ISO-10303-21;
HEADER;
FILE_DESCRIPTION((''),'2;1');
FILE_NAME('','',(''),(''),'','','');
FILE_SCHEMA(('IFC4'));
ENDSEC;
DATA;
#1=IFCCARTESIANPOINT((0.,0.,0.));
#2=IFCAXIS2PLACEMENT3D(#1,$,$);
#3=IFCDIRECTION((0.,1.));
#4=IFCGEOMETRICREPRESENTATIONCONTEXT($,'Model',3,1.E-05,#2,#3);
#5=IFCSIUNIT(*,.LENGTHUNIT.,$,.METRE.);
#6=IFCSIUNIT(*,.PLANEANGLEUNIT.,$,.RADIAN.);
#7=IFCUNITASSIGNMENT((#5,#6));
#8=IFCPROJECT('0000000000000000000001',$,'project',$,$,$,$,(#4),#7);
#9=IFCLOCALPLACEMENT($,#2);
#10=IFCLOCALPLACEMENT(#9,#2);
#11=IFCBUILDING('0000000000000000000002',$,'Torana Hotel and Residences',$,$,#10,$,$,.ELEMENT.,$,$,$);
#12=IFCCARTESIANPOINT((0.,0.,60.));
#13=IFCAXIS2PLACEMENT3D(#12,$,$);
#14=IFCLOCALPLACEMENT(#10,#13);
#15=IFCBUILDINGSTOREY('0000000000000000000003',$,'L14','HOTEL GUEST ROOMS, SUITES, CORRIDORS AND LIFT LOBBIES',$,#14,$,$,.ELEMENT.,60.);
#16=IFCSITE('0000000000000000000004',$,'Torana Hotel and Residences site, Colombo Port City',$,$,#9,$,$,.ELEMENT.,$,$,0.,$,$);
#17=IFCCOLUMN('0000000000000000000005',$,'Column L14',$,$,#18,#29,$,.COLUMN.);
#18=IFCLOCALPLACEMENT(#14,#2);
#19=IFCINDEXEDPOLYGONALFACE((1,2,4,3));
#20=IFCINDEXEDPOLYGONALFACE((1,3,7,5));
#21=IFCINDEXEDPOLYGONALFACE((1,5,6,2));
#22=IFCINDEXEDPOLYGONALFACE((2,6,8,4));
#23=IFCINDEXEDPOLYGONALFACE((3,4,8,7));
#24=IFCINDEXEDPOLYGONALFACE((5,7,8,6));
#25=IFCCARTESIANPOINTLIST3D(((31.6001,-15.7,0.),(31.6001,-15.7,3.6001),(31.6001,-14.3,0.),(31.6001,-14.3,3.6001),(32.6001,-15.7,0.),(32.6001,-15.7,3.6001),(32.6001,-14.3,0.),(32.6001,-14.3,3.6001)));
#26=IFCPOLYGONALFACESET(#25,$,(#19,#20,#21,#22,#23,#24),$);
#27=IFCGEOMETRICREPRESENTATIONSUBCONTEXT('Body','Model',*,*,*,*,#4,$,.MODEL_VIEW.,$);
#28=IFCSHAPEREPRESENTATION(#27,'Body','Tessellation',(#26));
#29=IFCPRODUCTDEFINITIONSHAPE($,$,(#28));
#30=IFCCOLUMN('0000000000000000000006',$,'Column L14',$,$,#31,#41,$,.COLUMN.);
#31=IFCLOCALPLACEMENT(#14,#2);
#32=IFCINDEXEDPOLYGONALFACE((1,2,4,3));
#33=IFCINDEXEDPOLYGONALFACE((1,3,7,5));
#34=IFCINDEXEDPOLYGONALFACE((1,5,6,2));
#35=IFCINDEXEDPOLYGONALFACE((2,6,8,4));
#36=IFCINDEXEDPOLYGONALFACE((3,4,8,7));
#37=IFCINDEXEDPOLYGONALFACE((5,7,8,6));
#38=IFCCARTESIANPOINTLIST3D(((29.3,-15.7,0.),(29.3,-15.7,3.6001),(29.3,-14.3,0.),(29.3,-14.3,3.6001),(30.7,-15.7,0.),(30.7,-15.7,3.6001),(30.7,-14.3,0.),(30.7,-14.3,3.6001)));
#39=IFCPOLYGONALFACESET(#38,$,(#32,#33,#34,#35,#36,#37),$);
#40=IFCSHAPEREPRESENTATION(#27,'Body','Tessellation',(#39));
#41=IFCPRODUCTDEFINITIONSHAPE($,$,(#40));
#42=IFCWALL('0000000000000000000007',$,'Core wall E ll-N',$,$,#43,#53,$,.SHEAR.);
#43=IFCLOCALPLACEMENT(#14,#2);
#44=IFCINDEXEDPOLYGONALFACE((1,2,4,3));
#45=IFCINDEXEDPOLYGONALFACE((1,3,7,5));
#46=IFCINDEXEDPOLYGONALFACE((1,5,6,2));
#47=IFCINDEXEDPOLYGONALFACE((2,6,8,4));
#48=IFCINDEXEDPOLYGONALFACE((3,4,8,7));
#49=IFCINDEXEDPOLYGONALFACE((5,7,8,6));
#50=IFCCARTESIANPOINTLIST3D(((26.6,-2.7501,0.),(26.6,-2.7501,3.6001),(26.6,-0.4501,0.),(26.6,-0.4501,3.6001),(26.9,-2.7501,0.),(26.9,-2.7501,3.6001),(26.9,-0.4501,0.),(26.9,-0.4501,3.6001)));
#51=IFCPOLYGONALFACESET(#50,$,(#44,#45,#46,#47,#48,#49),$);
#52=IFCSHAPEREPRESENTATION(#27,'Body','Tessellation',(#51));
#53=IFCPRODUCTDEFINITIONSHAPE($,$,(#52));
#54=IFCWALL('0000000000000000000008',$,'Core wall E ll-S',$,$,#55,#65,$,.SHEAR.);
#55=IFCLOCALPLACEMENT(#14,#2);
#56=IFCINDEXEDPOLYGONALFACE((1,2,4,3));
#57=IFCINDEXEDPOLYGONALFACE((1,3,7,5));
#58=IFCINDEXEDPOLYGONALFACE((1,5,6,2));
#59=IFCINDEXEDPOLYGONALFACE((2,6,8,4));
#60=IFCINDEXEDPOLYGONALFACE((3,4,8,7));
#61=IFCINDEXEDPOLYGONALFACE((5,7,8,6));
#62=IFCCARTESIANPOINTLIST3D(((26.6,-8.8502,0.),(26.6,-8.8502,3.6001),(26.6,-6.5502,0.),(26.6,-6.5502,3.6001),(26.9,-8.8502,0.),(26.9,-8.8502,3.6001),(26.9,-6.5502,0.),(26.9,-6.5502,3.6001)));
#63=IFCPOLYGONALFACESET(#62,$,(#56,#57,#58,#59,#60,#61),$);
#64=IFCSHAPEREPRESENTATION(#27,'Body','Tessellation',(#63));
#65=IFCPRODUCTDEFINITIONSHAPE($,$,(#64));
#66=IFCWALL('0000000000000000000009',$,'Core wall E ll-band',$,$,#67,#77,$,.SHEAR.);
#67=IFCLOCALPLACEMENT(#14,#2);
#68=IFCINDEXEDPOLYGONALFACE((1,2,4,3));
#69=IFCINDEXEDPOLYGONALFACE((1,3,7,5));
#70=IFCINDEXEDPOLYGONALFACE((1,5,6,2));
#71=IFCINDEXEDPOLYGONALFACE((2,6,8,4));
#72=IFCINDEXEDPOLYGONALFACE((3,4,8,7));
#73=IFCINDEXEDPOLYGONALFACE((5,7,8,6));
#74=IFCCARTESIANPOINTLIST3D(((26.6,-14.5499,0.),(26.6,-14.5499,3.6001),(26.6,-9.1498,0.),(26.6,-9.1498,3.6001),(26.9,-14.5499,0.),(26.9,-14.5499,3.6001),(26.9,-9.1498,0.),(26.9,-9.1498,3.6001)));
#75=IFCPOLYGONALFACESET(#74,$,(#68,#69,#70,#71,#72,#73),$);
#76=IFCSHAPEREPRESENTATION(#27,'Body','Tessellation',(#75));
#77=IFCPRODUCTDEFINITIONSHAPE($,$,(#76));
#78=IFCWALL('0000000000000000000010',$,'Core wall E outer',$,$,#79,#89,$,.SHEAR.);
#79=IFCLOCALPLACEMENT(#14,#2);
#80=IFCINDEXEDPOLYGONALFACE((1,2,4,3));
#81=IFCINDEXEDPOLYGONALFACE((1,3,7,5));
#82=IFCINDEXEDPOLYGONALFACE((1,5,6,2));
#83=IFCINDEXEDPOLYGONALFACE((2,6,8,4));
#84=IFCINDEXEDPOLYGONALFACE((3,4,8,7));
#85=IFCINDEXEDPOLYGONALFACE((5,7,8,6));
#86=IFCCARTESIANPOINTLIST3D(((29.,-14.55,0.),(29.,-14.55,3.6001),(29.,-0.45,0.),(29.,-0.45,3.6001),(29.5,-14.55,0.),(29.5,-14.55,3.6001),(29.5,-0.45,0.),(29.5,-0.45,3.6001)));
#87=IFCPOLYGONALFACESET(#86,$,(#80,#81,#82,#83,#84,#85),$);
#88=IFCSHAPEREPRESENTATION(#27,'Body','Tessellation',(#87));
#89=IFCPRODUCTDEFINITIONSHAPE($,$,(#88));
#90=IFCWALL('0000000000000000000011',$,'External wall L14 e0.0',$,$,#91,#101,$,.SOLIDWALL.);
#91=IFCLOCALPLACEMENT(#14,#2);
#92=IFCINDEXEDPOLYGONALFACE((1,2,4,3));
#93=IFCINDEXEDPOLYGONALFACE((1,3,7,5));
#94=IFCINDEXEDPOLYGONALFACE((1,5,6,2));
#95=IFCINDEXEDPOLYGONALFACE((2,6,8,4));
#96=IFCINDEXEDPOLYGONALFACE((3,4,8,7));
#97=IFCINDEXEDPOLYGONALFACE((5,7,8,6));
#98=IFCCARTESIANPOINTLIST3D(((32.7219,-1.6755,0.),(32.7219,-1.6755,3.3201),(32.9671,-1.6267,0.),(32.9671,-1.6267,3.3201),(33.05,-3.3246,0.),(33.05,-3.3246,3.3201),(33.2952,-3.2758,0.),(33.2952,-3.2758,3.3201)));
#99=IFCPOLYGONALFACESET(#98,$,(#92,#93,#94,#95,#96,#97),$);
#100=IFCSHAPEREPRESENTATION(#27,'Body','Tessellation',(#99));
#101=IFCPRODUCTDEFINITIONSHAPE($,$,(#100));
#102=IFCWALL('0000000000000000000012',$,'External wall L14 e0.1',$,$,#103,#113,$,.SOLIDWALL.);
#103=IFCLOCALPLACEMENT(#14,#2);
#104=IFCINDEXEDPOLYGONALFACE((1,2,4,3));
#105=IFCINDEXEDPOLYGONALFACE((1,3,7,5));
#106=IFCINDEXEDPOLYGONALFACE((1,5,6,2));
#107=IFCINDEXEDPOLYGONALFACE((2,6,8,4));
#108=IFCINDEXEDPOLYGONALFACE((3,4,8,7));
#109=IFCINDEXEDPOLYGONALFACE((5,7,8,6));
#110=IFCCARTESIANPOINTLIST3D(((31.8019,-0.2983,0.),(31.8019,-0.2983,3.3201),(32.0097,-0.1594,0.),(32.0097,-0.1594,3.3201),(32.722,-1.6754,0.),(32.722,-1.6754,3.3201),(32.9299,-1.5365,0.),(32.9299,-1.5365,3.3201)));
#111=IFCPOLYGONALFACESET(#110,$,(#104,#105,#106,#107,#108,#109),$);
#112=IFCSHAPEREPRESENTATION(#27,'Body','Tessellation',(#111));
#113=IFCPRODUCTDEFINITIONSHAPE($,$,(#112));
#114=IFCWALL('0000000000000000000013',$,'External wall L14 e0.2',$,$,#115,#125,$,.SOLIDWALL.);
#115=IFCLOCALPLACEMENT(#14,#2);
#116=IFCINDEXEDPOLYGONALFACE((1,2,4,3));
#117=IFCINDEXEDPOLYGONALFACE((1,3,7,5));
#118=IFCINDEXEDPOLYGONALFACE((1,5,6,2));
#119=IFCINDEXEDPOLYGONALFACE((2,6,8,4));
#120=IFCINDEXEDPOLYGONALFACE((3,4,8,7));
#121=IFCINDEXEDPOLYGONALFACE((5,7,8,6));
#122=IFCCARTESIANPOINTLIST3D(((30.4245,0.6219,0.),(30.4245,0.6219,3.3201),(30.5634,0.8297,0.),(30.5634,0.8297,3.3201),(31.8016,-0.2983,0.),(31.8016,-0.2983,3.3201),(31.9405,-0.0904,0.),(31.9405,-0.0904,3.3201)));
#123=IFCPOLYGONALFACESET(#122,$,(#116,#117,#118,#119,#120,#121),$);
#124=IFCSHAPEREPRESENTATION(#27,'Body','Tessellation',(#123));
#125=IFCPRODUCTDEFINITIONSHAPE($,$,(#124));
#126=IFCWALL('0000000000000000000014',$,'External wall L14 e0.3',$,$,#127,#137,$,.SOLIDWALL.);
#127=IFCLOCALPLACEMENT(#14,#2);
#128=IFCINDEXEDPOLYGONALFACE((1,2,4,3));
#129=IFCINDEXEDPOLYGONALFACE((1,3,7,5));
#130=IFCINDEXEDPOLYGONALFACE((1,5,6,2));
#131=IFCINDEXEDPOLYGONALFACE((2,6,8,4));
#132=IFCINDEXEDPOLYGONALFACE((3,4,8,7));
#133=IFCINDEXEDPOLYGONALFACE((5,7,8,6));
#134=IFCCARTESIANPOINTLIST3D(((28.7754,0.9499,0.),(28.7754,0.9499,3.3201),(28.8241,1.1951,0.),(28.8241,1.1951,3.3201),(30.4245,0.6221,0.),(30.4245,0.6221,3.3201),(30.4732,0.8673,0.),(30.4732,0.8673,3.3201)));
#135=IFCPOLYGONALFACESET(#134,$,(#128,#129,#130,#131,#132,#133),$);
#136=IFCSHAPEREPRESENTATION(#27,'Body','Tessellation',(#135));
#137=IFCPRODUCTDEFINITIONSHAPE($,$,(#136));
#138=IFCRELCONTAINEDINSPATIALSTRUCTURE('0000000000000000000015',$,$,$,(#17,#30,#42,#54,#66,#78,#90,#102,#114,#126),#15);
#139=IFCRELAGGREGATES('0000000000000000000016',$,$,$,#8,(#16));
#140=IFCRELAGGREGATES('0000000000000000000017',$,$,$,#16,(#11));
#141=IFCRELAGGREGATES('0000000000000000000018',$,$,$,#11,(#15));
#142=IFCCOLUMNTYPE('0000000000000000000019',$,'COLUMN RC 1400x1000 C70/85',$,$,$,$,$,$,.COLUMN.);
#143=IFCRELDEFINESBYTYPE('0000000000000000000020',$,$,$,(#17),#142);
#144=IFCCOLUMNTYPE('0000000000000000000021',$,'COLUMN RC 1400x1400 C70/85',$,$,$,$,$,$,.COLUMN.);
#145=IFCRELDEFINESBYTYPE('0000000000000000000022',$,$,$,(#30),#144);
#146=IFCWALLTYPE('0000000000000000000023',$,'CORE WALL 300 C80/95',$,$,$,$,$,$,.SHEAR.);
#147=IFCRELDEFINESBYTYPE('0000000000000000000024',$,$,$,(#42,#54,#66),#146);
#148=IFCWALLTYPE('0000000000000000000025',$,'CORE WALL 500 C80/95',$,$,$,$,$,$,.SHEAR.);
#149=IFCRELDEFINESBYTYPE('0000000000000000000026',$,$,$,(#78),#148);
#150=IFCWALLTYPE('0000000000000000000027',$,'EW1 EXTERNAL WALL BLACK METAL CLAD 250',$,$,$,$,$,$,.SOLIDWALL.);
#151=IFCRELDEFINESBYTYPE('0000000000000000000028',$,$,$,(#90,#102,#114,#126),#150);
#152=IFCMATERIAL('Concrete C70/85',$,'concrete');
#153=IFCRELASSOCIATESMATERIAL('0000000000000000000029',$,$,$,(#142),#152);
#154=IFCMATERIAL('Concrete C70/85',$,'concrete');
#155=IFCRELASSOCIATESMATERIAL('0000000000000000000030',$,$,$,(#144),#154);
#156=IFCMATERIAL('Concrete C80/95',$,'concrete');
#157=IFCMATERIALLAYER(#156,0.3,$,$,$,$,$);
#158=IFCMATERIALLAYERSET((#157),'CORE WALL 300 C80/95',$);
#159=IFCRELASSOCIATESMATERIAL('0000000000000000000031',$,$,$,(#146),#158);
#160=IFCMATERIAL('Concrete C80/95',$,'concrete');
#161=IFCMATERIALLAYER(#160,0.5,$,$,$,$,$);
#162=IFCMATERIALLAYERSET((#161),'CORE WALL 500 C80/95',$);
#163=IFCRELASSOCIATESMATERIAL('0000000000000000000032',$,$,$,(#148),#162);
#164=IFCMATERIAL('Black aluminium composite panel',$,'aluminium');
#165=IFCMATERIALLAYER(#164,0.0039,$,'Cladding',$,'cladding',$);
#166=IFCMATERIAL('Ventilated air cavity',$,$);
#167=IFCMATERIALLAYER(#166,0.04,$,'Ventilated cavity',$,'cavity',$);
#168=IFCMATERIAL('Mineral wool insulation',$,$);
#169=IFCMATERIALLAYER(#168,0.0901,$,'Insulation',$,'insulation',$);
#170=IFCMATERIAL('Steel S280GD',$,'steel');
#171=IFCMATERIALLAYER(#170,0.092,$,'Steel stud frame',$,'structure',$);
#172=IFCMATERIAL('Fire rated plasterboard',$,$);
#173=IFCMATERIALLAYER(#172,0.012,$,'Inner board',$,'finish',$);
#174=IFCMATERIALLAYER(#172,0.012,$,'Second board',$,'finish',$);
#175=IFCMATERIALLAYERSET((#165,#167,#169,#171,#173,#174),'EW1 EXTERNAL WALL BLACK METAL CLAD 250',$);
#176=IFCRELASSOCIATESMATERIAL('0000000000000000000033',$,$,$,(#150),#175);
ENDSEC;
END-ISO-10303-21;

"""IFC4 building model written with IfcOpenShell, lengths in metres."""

from ifc_helpers import new_model, si_unit, direction, frame, frame_2d, origin, origin_2d, place, context, subcontext, project, spatial, rectangle, extrude, material, layer, layer_set, material_profile, profile_set, type_object, element, save


model = new_model("IFC4")

# Units and contexts
model_context = context("Model", 3, precision=1e-05, world=origin(), true_north=direction((0.0, 1.0)))
body_context = subcontext(model_context, "Body", "Model", "MODEL_VIEW")
ifc_project = project(units=[si_unit("LENGTHUNIT", "METRE"), si_unit("PLANEANGLEUNIT", "RADIAN")], contexts=[model_context])

# Site, building, storey
site_placement = place(None, origin())
site = spatial("IfcSite", under=ifc_project, at=site_placement, Name="Torana Hotel and Residences site, Colombo Port City", CompositionType="ELEMENT", RefElevation=0.0)
building_placement = place(site_placement, origin())
building = spatial("IfcBuilding", under=site, at=building_placement, Name="Torana Hotel and Residences", CompositionType="ELEMENT")
storey_placement = place(building_placement, frame((0.0, 0.0, 60.0)))
storey = spatial("IfcBuildingStorey", under=building, at=storey_placement, Name="L14", Description="HOTEL GUEST ROOMS, SUITES, CORRIDORS AND LIFT LOBBIES", CompositionType="ELEMENT", Elevation=60.0)

# Columns
ifc_material_1 = material(Name="Concrete C70/85", Category="concrete")
ifc_material_profile_1 = material_profile(ifc_material_1, rectangle(XDim=1.3999, YDim=1.0, at=origin_2d()), Name="RC 1400x1000")
ifc_profile_set_1 = profile_set([ifc_material_profile_1], Name="Concrete C70/85")
column_type_1 = type_object("IfcColumnType", Name="COLUMN RC 1400x1000 C70/85", PredefinedType="COLUMN", material=ifc_profile_set_1)
column_1_placement = place(storey_placement, frame((32.1001, -15.0, 0.0), z_axis=(0.0, 0.0, 1.0), x_axis=(0.0, 1.0, 0.0)))
element("IfcColumn", 1, at=column_1_placement, inside=storey, type_object=column_type_1, Name="Column L14", PredefinedType="COLUMN", context=body_context, shape_type="SweptSolid", body=[
    extrude(rectangle(XDim=1.3999, YDim=1.0, at=origin_2d()), origin(), (0.0, 0.0, 1.0), 3.6001),
])
ifc_material_2 = material(Name="Concrete C70/85", Category="concrete")
ifc_material_profile_2 = material_profile(ifc_material_2, rectangle(XDim=1.3999, YDim=1.3999, at=origin_2d()), Name="RC 1400x1400")
ifc_profile_set_2 = profile_set([ifc_material_profile_2], Name="Concrete C70/85")
column_type_2 = type_object("IfcColumnType", Name="COLUMN RC 1400x1400 C70/85", PredefinedType="COLUMN", material=ifc_profile_set_2)
column_2_placement = place(storey_placement, frame((30.0, -15.0, 0.0), z_axis=(0.0, 0.0, 1.0), x_axis=(1.0, 0.0, 0.0)))
element("IfcColumn", 2, at=column_2_placement, inside=storey, type_object=column_type_2, Name="Column L14", PredefinedType="COLUMN", context=body_context, shape_type="SweptSolid", body=[
    extrude(rectangle(XDim=1.3999, YDim=1.3999, at=origin_2d()), origin(), (0.0, 0.0, 1.0), 3.6001),
])

# Walls
ifc_material_3 = material(Name="Concrete C80/95", Category="concrete")
ifc_layer_1 = layer(ifc_material_3, 0.3)
ifc_layer_set_1 = layer_set([ifc_layer_1], Name="CORE WALL 300 C80/95")
wall_type_1 = type_object("IfcWallType", Name="CORE WALL 300 C80/95", PredefinedType="SHEAR", material=ifc_layer_set_1)
for number, where, z_axis, x_axis, name in (
    (3, (26.75, -2.75, 0.0), (0.0, 0.0, 1.0), (0.0, 1.0, 0.0), "Core wall E ll-N"),
    (4, (26.75, -8.8501, 0.0), (0.0, 0.0, 1.0), (0.0, 1.0, 0.0), "Core wall E ll-S"),
):
    element("IfcWall", number, at=place(storey_placement, frame(where, z_axis=z_axis, x_axis=x_axis)), inside=storey, type_object=wall_type_1, Name=name, PredefinedType="SHEAR", context=body_context, shape_type="SweptSolid", body=[
        extrude(rectangle(XDim=2.3, YDim=0.3, at=frame_2d((1.1499, 0.0))), origin(), (0.0, 0.0, 1.0), 3.6001),
    ])
wall_1_placement = place(storey_placement, frame((26.75, -14.55, 0.0), z_axis=(0.0, 0.0, 1.0), x_axis=(0.0, 1.0, 0.0)))
element("IfcWall", 5, at=wall_1_placement, inside=storey, type_object=wall_type_1, Name="Core wall E ll-band", PredefinedType="SHEAR", context=body_context, shape_type="SweptSolid", body=[
    extrude(rectangle(XDim=5.4001, YDim=0.3, at=frame_2d((2.7002, 0.0))), origin(), (0.0, 0.0, 1.0), 3.6001),
])
ifc_material_4 = material(Name="Concrete C80/95", Category="concrete")
ifc_layer_2 = layer(ifc_material_4, 0.5)
ifc_layer_set_2 = layer_set([ifc_layer_2], Name="CORE WALL 500 C80/95")
wall_type_2 = type_object("IfcWallType", Name="CORE WALL 500 C80/95", PredefinedType="SHEAR", material=ifc_layer_set_2)
wall_2_placement = place(storey_placement, frame((29.25, -14.55, 0.0), z_axis=(0.0, 0.0, 1.0), x_axis=(0.0, 1.0, 0.0)))
element("IfcWall", 6, at=wall_2_placement, inside=storey, type_object=wall_type_2, Name="Core wall E outer", PredefinedType="SHEAR", context=body_context, shape_type="SweptSolid", body=[
    extrude(rectangle(XDim=14.1001, YDim=0.5, at=frame_2d((7.05, 0.0))), origin(), (0.0, 0.0, 1.0), 3.6001),
])
ifc_material_5 = material(Name="Black aluminium composite panel", Category="aluminium")
ifc_layer_3 = layer(ifc_material_5, 0.0039, Name="Cladding", Category="cladding")
ifc_material_6 = material(Name="Ventilated air cavity")
ifc_layer_4 = layer(ifc_material_6, 0.04, Name="Ventilated cavity", Category="cavity")
ifc_material_7 = material(Name="Mineral wool insulation")
ifc_layer_5 = layer(ifc_material_7, 0.0901, Name="Insulation", Category="insulation")
ifc_material_8 = material(Name="Steel S280GD", Category="steel")
ifc_layer_6 = layer(ifc_material_8, 0.092, Name="Steel stud frame", Category="structure")
ifc_material_9 = material(Name="Fire rated plasterboard")
ifc_layer_7 = layer(ifc_material_9, 0.012, Name="Inner board", Category="finish")
ifc_layer_8 = layer(ifc_material_9, 0.012, Name="Second board", Category="finish")
ifc_layer_set_3 = layer_set([ifc_layer_3, ifc_layer_4, ifc_layer_5, ifc_layer_6, ifc_layer_7, ifc_layer_8], Name="EW1 EXTERNAL WALL BLACK METAL CLAD 250")
wall_type_3 = type_object("IfcWallType", Name="EW1 EXTERNAL WALL BLACK METAL CLAD 250", PredefinedType="SOLIDWALL", material=ifc_layer_set_3)
wall_3_placement = place(storey_placement, frame((33.1726, -3.3003, 0.0), z_axis=(0.0, 0.0, 1.0), x_axis=(-0.195139, 0.980776, 0.0)))
element("IfcWall", 7, at=wall_3_placement, inside=storey, type_object=wall_type_3, Name="External wall L14 e0.0", PredefinedType="SOLIDWALL", context=body_context, shape_type="SweptSolid", body=[
    extrude(rectangle(XDim=1.6814, YDim=0.25, at=frame_2d((0.8408, 0.0))), origin(), (0.0, 0.0, 1.0), 3.3201),
])
for number, where, z_axis, x_axis, name in (
    (8, (32.8259, -1.606, 0.0), (0.0, 0.0, 1.0), (-0.55555, 0.831483, 0.0), "External wall L14 e0.1"),
    (9, (31.8711, -0.1943, 0.0), (0.0, 0.0, 1.0), (-0.831483, 0.55555, 0.0), "External wall L14 e0.2"),
):
    element("IfcWall", number, at=place(storey_placement, frame(where, z_axis=z_axis, x_axis=x_axis)), inside=storey, type_object=wall_type_3, Name=name, PredefinedType="SOLIDWALL", context=body_context, shape_type="SweptSolid", body=[
        extrude(rectangle(XDim=1.6562, YDim=0.25, at=frame_2d((0.8281, 0.0))), origin(), (0.0, 0.0, 1.0), 3.3201),
    ])
wall_4_placement = place(storey_placement, frame((30.449, 0.7446, 0.0), z_axis=(0.0, 0.0, 1.0), x_axis=(-0.980803, 0.194999, 0.0)))
element("IfcWall", 10, at=wall_4_placement, inside=storey, type_object=wall_type_3, Name="External wall L14 e0.3", PredefinedType="SOLIDWALL", context=body_context, shape_type="SweptSolid", body=[
    extrude(rectangle(XDim=1.6814, YDim=0.25, at=frame_2d((0.8408, 0.0))), origin(), (0.0, 0.0, 1.0), 3.3201),
])

save(model, "model.ifc")
